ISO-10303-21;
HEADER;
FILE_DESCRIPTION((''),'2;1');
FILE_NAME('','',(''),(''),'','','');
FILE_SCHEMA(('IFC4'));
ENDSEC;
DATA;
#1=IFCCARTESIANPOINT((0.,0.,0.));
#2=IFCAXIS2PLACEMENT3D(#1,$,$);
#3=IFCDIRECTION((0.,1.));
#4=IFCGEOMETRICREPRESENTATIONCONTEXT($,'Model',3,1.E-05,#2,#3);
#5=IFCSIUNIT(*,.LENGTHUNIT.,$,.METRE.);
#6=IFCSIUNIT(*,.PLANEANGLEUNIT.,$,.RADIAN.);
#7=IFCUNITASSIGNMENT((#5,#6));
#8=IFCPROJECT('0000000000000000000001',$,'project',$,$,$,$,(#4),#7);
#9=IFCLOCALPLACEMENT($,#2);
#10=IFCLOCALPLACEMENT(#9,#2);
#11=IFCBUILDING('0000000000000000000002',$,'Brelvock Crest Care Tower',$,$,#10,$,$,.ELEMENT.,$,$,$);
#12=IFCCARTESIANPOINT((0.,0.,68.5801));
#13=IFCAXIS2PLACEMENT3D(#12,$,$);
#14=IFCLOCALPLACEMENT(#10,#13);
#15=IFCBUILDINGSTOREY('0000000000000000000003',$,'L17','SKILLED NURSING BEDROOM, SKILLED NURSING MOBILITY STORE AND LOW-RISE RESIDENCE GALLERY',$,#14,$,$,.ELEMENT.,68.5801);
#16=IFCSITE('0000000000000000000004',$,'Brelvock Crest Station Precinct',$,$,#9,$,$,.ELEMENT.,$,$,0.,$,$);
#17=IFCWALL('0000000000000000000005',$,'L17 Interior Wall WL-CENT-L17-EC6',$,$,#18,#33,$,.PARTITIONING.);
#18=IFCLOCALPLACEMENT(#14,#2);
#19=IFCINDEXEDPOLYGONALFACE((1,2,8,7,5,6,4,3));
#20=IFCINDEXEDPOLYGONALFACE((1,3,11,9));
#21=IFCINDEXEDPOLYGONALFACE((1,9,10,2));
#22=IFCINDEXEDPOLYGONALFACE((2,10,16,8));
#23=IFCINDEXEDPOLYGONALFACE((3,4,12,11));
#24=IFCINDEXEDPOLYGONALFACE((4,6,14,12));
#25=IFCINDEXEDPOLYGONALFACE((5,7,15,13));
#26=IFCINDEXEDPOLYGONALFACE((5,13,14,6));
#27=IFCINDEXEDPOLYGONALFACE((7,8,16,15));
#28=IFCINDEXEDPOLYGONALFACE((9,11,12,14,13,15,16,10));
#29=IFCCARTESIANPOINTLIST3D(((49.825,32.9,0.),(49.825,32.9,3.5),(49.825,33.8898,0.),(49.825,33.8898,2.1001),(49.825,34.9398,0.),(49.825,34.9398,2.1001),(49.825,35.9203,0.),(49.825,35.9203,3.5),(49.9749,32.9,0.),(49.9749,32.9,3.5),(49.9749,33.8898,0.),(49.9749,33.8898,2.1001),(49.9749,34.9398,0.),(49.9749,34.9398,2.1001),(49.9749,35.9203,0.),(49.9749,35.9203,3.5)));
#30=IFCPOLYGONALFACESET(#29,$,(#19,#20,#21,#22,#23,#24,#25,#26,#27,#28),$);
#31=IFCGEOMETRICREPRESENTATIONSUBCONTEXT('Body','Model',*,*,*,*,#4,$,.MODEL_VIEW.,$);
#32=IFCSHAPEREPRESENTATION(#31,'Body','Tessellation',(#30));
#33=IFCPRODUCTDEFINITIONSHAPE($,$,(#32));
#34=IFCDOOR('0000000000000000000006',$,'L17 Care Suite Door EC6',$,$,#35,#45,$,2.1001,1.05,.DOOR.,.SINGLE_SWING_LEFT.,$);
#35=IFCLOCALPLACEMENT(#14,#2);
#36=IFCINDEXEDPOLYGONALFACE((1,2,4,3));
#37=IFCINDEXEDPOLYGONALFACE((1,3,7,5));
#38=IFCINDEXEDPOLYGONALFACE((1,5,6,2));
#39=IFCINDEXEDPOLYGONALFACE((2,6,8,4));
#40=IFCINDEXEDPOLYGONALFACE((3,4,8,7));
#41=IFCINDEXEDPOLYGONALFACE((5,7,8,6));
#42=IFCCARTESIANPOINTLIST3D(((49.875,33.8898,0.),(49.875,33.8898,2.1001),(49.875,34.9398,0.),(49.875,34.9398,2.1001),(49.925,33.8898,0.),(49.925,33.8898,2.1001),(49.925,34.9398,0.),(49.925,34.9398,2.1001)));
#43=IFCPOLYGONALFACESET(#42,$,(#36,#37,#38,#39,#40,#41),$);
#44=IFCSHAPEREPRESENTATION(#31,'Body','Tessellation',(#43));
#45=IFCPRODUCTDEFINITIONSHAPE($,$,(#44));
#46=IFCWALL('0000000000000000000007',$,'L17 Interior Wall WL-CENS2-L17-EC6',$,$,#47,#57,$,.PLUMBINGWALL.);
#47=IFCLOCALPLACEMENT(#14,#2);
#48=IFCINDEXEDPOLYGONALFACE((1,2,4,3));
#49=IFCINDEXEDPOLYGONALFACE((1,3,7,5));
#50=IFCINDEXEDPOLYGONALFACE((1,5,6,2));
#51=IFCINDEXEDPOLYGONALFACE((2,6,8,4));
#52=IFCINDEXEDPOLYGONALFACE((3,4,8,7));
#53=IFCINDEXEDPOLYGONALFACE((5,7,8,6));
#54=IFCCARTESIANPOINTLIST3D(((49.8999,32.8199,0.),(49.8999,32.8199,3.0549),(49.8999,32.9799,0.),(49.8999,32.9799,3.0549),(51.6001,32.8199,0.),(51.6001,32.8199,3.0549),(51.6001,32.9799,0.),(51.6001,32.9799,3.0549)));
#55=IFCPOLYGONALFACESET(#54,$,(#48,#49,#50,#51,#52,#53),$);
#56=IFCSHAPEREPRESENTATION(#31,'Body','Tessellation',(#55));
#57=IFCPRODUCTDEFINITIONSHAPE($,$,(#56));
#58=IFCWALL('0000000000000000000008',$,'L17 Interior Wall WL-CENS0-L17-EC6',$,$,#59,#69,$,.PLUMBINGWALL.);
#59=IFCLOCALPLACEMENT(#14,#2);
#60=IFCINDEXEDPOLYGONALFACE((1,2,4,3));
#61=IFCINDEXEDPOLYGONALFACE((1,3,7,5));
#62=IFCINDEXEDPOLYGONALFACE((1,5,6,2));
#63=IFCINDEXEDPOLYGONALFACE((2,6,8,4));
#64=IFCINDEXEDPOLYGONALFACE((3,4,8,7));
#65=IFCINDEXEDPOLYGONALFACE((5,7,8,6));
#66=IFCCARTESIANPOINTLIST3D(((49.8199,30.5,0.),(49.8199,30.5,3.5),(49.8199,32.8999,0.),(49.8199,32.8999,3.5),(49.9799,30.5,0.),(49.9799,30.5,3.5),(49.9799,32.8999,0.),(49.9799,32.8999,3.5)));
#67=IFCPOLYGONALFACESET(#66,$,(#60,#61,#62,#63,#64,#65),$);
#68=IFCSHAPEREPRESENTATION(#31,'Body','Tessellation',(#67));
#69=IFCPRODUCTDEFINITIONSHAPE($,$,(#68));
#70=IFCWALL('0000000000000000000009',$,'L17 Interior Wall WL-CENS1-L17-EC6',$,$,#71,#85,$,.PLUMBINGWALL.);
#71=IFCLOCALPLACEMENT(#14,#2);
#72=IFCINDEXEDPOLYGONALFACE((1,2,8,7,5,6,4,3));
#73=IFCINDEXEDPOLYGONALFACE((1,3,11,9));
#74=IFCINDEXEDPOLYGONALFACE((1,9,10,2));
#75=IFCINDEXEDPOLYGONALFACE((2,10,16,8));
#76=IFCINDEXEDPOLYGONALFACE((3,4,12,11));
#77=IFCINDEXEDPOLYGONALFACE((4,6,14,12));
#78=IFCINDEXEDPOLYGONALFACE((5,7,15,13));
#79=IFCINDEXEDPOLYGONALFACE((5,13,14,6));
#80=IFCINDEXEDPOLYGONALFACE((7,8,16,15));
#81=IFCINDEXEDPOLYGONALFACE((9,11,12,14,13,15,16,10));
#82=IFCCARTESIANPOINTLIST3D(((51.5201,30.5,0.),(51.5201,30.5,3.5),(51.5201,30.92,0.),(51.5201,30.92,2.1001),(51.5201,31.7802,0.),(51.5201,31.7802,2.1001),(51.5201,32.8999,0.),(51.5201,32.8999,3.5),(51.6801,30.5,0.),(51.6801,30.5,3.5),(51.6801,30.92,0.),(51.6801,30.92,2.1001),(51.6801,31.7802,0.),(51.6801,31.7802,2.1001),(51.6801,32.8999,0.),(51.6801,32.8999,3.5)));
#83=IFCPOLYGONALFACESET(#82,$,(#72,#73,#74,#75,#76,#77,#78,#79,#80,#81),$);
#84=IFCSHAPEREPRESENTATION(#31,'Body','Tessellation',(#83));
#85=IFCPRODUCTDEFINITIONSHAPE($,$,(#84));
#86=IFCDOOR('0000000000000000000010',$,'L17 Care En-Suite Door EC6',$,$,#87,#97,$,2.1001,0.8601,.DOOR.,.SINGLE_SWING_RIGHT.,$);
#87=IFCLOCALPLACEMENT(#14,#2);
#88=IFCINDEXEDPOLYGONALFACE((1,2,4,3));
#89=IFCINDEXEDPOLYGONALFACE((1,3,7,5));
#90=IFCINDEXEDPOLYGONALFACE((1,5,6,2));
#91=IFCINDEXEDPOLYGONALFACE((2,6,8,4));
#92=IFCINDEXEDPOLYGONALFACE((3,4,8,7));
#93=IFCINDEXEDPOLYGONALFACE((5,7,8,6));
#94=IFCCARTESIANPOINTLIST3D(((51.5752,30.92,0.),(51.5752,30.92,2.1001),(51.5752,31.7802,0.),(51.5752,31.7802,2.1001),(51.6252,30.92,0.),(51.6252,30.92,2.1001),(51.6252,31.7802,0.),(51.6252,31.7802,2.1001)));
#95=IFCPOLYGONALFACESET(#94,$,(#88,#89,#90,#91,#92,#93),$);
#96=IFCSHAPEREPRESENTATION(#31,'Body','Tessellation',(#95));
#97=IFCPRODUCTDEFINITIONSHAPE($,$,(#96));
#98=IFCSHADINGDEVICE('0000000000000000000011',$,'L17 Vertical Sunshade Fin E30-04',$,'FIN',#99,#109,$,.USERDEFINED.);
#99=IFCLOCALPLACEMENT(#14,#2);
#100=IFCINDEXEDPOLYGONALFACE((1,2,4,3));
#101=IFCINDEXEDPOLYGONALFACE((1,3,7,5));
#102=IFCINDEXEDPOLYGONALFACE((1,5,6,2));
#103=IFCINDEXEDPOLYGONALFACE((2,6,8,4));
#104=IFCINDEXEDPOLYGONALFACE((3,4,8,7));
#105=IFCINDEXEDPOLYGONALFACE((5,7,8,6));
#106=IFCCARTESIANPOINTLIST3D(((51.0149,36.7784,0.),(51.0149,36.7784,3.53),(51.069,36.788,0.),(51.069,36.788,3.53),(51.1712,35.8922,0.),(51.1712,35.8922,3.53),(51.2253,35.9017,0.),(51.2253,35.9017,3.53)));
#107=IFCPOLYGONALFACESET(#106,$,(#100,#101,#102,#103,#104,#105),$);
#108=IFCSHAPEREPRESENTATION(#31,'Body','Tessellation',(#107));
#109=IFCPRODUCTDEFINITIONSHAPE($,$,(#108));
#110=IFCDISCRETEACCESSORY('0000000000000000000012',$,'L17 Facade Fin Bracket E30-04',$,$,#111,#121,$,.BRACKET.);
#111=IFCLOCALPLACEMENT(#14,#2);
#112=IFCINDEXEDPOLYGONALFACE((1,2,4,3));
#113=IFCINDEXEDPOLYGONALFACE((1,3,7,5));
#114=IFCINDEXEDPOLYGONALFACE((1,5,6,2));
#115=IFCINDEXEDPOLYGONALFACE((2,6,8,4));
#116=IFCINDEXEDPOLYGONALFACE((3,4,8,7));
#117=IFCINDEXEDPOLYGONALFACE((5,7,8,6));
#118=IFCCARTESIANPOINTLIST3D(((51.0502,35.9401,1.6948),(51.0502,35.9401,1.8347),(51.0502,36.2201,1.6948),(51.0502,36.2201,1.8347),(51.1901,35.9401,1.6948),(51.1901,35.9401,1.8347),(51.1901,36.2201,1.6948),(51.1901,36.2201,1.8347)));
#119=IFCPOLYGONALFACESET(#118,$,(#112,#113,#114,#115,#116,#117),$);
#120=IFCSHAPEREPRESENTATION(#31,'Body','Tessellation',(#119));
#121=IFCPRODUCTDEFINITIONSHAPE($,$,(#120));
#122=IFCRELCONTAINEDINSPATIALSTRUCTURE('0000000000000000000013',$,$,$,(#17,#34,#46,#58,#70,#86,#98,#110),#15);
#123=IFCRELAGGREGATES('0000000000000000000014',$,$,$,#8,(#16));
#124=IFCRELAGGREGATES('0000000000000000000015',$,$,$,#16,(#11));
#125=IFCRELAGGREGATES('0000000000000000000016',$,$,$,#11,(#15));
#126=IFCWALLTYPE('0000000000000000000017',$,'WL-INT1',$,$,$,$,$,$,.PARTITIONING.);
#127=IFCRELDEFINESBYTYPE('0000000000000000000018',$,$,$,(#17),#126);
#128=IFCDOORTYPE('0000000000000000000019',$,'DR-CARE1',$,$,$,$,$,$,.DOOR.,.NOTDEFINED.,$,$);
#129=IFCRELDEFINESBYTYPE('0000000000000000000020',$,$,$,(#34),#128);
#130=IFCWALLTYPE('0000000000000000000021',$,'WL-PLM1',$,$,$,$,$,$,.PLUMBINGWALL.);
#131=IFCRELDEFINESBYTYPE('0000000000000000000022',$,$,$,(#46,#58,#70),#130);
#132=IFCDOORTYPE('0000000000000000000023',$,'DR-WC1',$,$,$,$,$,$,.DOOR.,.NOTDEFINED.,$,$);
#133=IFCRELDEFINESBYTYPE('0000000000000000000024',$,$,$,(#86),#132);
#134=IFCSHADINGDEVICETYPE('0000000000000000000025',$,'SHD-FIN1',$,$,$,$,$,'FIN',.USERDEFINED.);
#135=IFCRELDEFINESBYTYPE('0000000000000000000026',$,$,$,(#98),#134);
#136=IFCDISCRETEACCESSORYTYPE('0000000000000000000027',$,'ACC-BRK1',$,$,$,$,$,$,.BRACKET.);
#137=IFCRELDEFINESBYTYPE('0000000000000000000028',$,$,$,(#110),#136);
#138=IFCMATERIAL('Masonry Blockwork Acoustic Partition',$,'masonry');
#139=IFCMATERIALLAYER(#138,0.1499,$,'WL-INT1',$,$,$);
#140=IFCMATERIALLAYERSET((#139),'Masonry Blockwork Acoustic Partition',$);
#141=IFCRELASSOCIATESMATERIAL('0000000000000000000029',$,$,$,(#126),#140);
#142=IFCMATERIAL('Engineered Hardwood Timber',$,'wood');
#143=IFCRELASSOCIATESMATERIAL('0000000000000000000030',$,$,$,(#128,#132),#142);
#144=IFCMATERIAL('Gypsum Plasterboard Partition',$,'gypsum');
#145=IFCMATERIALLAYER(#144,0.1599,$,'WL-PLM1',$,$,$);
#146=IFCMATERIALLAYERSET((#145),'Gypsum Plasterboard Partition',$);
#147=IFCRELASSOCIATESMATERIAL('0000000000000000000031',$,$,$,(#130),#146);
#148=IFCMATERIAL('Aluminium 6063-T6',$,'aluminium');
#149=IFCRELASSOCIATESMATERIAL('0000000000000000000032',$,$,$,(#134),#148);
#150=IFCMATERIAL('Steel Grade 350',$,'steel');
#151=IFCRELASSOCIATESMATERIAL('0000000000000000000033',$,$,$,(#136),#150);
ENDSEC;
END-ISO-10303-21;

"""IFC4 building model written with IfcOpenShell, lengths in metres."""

from ifc_helpers import new_model, si_unit, direction, frame, frame_2d, origin, origin_2d, place, context, subcontext, project, spatial, rectangle, extrude, source, transform, mapped, material, layer, layer_set, material_profile, profile_set, type_object, element, fill, save


model = new_model("IFC4")

# Units and contexts
model_context = context("Model", 3, precision=1e-05, world=origin(), true_north=direction((0.0, 1.0)))
body_context = subcontext(model_context, "Body", "Model", "MODEL_VIEW")
ifc_project = project(units=[si_unit("LENGTHUNIT", "METRE"), si_unit("PLANEANGLEUNIT", "RADIAN")], contexts=[model_context])

# Site, building, storey
site_placement = place(None, origin())
site = spatial("IfcSite", under=ifc_project, at=site_placement, Name="Brelvock Crest Station Precinct", CompositionType="ELEMENT", RefElevation=0.0)
building_placement = place(site_placement, origin())
building = spatial("IfcBuilding", under=site, at=building_placement, Name="Brelvock Crest Care Tower", CompositionType="ELEMENT")
storey_placement = place(building_placement, frame((0.0, 0.0, 68.5801)))
storey = spatial("IfcBuildingStorey", under=building, at=storey_placement, Name="L17", Description="SKILLED NURSING BEDROOM, SKILLED NURSING MOBILITY STORE AND LOW-RISE RESIDENCE GALLERY", CompositionType="ELEMENT", Elevation=68.5801)

# Shared definitions
ifc_material_1 = material(Name="Aluminium 6063-T6", Category="aluminium")

# Wall, opening, door
ifc_material_2 = material(Name="Masonry Blockwork Acoustic Partition", Category="masonry")
ifc_layer_1 = layer(ifc_material_2, 0.1499, Name="WL-INT1")
ifc_layer_set_1 = layer_set([ifc_layer_1], Name="Masonry Blockwork Acoustic Partition")
wall_type_1 = type_object("IfcWallType", Name="WL-INT1", PredefinedType="PARTITIONING", material=ifc_layer_set_1)
wall_1_placement = place(storey_placement, frame((49.8999, 32.8999, 0.0), z_axis=(0.0, 0.0, 1.0), x_axis=(0.0, 1.0, 0.0)))
wall_1 = element("IfcWall", 1, at=wall_1_placement, inside=storey, type_object=wall_type_1, Name="L17 Interior Wall WL-CENT-L17-EC6", PredefinedType="PARTITIONING", context=body_context, shape_type="SweptSolid", body=[
    extrude(rectangle(XDim=3.0203, YDim=0.1499, at=frame_2d((1.5103, 0.0))), origin(), (0.0, 0.0, 1.0), 3.5),
])
opening_1_placement = place(wall_1_placement, frame((0.99, 0.0, 0.0)))
opening_1 = element("IfcOpeningElement", 2, at=opening_1_placement, cuts=wall_1, PredefinedType="OPENING", context=body_context, shape_type="SweptSolid", body=[
    extrude(rectangle(XDim=1.05, YDim=2.1001, at=origin_2d()), frame((0.5249, 0.085, 1.05), z_axis=(0.0, -1.0, 0.0), x_axis=(1.0, 0.0, 0.0)), (0.0, 0.0, 1.0), 0.1699),
])
ifc_material_3 = material(Name="Engineered Hardwood Timber", Category="wood")
door_type_1 = type_object("IfcDoorType", Name="DR-CARE1", OperationType="NOTDEFINED", PredefinedType="DOOR", material=ifc_material_3)
shared_shape_1 = source(origin(), body_context, "Body", "SweptSolid", [
    extrude(rectangle(XDim=1.05, YDim=2.1001, at=origin_2d()), frame((0.5249, 0.0249, 1.05), z_axis=(0.0, -1.0, 0.0), x_axis=(1.0, 0.0, 0.0)), (0.0, 0.0, 1.0), 0.05),
])
door_1_placement = place(opening_1_placement, origin())
door_1 = element("IfcDoor", 3, at=door_1_placement, inside=storey, type_object=door_type_1, Name="L17 Care Suite Door EC6", OperationType="SINGLE_SWING_LEFT", OverallHeight=2.1001, OverallWidth=1.05, PredefinedType="DOOR", context=body_context, shape_type="MappedRepresentation", body=[
    mapped(shared_shape_1, transform((0.0, 0.0, 0.0), x_axis=(1.0, 0.0, 0.0), y_axis=(0.0, 1.0, 0.0), z_axis=(0.0, 0.0, 1.0), scale=1.0)),
])
fill(opening_1, door_1)

# Walls
ifc_material_4 = material(Name="Gypsum Plasterboard Partition", Category="gypsum")
ifc_layer_2 = layer(ifc_material_4, 0.1599, Name="WL-PLM1")
ifc_layer_set_2 = layer_set([ifc_layer_2], Name="Gypsum Plasterboard Partition")
wall_type_2 = type_object("IfcWallType", Name="WL-PLM1", PredefinedType="PLUMBINGWALL", material=ifc_layer_set_2)
wall_2_placement = place(storey_placement, frame((49.8999, 32.8999, 0.0), z_axis=(0.0, 0.0, 1.0), x_axis=(1.0, 0.0, 0.0)))
element("IfcWall", 4, at=wall_2_placement, inside=storey, type_object=wall_type_2, Name="L17 Interior Wall WL-CENS2-L17-EC6", PredefinedType="PLUMBINGWALL", context=body_context, shape_type="SweptSolid", body=[
    extrude(rectangle(XDim=1.7002, YDim=0.1599, at=frame_2d((0.8501, 0.0))), origin(), (0.0, 0.0, 1.0), 3.0549),
])
wall_3_placement = place(storey_placement, frame((49.8999, 30.5, 0.0), z_axis=(0.0, 0.0, 1.0), x_axis=(0.0, 1.0, 0.0)))
element("IfcWall", 5, at=wall_3_placement, inside=storey, type_object=wall_type_2, Name="L17 Interior Wall WL-CENS0-L17-EC6", PredefinedType="PLUMBINGWALL", context=body_context, shape_type="SweptSolid", body=[
    extrude(rectangle(XDim=2.3999, YDim=0.1599, at=frame_2d((1.2, 0.0))), origin(), (0.0, 0.0, 1.0), 3.5),
])

# Wall, opening, door
wall_4_placement = place(storey_placement, frame((51.6001, 30.5, 0.0), z_axis=(0.0, 0.0, 1.0), x_axis=(0.0, 1.0, 0.0)))
wall_4 = element("IfcWall", 6, at=wall_4_placement, inside=storey, type_object=wall_type_2, Name="L17 Interior Wall WL-CENS1-L17-EC6", PredefinedType="PLUMBINGWALL", context=body_context, shape_type="SweptSolid", body=[
    extrude(rectangle(XDim=2.3999, YDim=0.1599, at=frame_2d((1.2, 0.0))), origin(), (0.0, 0.0, 1.0), 3.5),
])
opening_2_placement = place(wall_4_placement, frame((0.4199, 0.0, 0.0)))
opening_2 = element("IfcOpeningElement", 7, at=opening_2_placement, cuts=wall_4, PredefinedType="OPENING", context=body_context, shape_type="SweptSolid", body=[
    extrude(rectangle(XDim=0.8601, YDim=2.1001, at=origin_2d()), frame((0.4302, 0.0898, 1.05), z_axis=(0.0, -1.0, 0.0), x_axis=(1.0, 0.0, 0.0)), (0.0, 0.0, 1.0), 0.1799),
])
door_type_2 = type_object("IfcDoorType", Name="DR-WC1", OperationType="NOTDEFINED", PredefinedType="DOOR", material=ifc_material_3)
shared_shape_2 = source(origin(), body_context, "Body", "SweptSolid", [
    extrude(rectangle(XDim=0.8601, YDim=2.1001, at=origin_2d()), frame((0.4302, 0.0249, 1.05), z_axis=(0.0, -1.0, 0.0), x_axis=(1.0, 0.0, 0.0)), (0.0, 0.0, 1.0), 0.05),
])
door_2_placement = place(opening_2_placement, origin())
door_2 = element("IfcDoor", 8, at=door_2_placement, inside=storey, type_object=door_type_2, Name="L17 Care En-Suite Door EC6", OperationType="SINGLE_SWING_RIGHT", OverallHeight=2.1001, OverallWidth=0.8601, PredefinedType="DOOR", context=body_context, shape_type="MappedRepresentation", body=[
    mapped(shared_shape_2, transform((0.0, 0.0, 0.0), x_axis=(1.0, 0.0, 0.0), y_axis=(0.0, 1.0, 0.0), z_axis=(0.0, 0.0, 1.0), scale=1.0)),
])
fill(opening_2, door_2)

# Shading device
ifc_material_profile_1 = material_profile(ifc_material_1, rectangle(XDim=0.0549, YDim=0.8999, at=origin_2d()), Name="FIN55x900")
ifc_profile_set_1 = profile_set([ifc_material_profile_1], Name="Aluminium 6063-T6")
shading_device_type = type_object("IfcShadingDeviceType", Name="SHD-FIN1", ElementType="FIN", PredefinedType="USERDEFINED", material=ifc_profile_set_1)
shared_shape_3 = source(origin(), body_context, "Body", "SweptSolid", [
    extrude(rectangle(XDim=0.0549, YDim=0.8999, at=origin_2d()), origin(), (0.0, 0.0, 1.0), 3.53),
])
shading_device_placement = place(storey_placement, frame((51.1201, 36.3401, 0.0), z_axis=(0.0, 0.0, 1.0), x_axis=(0.984808, 0.173648, 0.0)))
element("IfcShadingDevice", 9, at=shading_device_placement, inside=storey, type_object=shading_device_type, Name="L17 Vertical Sunshade Fin E30-04", ObjectType="FIN", PredefinedType="USERDEFINED", context=body_context, shape_type="MappedRepresentation", body=[
    mapped(shared_shape_3, transform((0.0, 0.0, 0.0), x_axis=(1.0, 0.0, 0.0), y_axis=(0.0, 1.0, 0.0), z_axis=(0.0, 0.0, 1.0), scale=1.0)),
])

# Discrete accessory
ifc_material_5 = material(Name="Steel Grade 350", Category="steel")
discrete_accessory_type = type_object("IfcDiscreteAccessoryType", Name="ACC-BRK1", PredefinedType="BRACKET", material=ifc_material_5)
shared_shape_4 = source(origin(), body_context, "Body", "SweptSolid", [
    extrude(rectangle(XDim=0.28, YDim=0.1399, at=origin_2d()), origin(), (0.0, 0.0, 1.0), 0.1399),
])
discrete_accessory_placement = place(storey_placement, frame((51.1201, 36.0801, 1.6948), z_axis=(0.0, 0.0, 1.0), x_axis=(0.0, 1.0, 0.0)))
element("IfcDiscreteAccessory", 10, at=discrete_accessory_placement, inside=storey, type_object=discrete_accessory_type, Name="L17 Facade Fin Bracket E30-04", PredefinedType="BRACKET", context=body_context, shape_type="MappedRepresentation", body=[
    mapped(shared_shape_4, transform((0.0, 0.0, 0.0), x_axis=(1.0, 0.0, 0.0), y_axis=(0.0, 1.0, 0.0), z_axis=(0.0, 0.0, 1.0), scale=1.0)),
])

save(model, "model.ifc")
